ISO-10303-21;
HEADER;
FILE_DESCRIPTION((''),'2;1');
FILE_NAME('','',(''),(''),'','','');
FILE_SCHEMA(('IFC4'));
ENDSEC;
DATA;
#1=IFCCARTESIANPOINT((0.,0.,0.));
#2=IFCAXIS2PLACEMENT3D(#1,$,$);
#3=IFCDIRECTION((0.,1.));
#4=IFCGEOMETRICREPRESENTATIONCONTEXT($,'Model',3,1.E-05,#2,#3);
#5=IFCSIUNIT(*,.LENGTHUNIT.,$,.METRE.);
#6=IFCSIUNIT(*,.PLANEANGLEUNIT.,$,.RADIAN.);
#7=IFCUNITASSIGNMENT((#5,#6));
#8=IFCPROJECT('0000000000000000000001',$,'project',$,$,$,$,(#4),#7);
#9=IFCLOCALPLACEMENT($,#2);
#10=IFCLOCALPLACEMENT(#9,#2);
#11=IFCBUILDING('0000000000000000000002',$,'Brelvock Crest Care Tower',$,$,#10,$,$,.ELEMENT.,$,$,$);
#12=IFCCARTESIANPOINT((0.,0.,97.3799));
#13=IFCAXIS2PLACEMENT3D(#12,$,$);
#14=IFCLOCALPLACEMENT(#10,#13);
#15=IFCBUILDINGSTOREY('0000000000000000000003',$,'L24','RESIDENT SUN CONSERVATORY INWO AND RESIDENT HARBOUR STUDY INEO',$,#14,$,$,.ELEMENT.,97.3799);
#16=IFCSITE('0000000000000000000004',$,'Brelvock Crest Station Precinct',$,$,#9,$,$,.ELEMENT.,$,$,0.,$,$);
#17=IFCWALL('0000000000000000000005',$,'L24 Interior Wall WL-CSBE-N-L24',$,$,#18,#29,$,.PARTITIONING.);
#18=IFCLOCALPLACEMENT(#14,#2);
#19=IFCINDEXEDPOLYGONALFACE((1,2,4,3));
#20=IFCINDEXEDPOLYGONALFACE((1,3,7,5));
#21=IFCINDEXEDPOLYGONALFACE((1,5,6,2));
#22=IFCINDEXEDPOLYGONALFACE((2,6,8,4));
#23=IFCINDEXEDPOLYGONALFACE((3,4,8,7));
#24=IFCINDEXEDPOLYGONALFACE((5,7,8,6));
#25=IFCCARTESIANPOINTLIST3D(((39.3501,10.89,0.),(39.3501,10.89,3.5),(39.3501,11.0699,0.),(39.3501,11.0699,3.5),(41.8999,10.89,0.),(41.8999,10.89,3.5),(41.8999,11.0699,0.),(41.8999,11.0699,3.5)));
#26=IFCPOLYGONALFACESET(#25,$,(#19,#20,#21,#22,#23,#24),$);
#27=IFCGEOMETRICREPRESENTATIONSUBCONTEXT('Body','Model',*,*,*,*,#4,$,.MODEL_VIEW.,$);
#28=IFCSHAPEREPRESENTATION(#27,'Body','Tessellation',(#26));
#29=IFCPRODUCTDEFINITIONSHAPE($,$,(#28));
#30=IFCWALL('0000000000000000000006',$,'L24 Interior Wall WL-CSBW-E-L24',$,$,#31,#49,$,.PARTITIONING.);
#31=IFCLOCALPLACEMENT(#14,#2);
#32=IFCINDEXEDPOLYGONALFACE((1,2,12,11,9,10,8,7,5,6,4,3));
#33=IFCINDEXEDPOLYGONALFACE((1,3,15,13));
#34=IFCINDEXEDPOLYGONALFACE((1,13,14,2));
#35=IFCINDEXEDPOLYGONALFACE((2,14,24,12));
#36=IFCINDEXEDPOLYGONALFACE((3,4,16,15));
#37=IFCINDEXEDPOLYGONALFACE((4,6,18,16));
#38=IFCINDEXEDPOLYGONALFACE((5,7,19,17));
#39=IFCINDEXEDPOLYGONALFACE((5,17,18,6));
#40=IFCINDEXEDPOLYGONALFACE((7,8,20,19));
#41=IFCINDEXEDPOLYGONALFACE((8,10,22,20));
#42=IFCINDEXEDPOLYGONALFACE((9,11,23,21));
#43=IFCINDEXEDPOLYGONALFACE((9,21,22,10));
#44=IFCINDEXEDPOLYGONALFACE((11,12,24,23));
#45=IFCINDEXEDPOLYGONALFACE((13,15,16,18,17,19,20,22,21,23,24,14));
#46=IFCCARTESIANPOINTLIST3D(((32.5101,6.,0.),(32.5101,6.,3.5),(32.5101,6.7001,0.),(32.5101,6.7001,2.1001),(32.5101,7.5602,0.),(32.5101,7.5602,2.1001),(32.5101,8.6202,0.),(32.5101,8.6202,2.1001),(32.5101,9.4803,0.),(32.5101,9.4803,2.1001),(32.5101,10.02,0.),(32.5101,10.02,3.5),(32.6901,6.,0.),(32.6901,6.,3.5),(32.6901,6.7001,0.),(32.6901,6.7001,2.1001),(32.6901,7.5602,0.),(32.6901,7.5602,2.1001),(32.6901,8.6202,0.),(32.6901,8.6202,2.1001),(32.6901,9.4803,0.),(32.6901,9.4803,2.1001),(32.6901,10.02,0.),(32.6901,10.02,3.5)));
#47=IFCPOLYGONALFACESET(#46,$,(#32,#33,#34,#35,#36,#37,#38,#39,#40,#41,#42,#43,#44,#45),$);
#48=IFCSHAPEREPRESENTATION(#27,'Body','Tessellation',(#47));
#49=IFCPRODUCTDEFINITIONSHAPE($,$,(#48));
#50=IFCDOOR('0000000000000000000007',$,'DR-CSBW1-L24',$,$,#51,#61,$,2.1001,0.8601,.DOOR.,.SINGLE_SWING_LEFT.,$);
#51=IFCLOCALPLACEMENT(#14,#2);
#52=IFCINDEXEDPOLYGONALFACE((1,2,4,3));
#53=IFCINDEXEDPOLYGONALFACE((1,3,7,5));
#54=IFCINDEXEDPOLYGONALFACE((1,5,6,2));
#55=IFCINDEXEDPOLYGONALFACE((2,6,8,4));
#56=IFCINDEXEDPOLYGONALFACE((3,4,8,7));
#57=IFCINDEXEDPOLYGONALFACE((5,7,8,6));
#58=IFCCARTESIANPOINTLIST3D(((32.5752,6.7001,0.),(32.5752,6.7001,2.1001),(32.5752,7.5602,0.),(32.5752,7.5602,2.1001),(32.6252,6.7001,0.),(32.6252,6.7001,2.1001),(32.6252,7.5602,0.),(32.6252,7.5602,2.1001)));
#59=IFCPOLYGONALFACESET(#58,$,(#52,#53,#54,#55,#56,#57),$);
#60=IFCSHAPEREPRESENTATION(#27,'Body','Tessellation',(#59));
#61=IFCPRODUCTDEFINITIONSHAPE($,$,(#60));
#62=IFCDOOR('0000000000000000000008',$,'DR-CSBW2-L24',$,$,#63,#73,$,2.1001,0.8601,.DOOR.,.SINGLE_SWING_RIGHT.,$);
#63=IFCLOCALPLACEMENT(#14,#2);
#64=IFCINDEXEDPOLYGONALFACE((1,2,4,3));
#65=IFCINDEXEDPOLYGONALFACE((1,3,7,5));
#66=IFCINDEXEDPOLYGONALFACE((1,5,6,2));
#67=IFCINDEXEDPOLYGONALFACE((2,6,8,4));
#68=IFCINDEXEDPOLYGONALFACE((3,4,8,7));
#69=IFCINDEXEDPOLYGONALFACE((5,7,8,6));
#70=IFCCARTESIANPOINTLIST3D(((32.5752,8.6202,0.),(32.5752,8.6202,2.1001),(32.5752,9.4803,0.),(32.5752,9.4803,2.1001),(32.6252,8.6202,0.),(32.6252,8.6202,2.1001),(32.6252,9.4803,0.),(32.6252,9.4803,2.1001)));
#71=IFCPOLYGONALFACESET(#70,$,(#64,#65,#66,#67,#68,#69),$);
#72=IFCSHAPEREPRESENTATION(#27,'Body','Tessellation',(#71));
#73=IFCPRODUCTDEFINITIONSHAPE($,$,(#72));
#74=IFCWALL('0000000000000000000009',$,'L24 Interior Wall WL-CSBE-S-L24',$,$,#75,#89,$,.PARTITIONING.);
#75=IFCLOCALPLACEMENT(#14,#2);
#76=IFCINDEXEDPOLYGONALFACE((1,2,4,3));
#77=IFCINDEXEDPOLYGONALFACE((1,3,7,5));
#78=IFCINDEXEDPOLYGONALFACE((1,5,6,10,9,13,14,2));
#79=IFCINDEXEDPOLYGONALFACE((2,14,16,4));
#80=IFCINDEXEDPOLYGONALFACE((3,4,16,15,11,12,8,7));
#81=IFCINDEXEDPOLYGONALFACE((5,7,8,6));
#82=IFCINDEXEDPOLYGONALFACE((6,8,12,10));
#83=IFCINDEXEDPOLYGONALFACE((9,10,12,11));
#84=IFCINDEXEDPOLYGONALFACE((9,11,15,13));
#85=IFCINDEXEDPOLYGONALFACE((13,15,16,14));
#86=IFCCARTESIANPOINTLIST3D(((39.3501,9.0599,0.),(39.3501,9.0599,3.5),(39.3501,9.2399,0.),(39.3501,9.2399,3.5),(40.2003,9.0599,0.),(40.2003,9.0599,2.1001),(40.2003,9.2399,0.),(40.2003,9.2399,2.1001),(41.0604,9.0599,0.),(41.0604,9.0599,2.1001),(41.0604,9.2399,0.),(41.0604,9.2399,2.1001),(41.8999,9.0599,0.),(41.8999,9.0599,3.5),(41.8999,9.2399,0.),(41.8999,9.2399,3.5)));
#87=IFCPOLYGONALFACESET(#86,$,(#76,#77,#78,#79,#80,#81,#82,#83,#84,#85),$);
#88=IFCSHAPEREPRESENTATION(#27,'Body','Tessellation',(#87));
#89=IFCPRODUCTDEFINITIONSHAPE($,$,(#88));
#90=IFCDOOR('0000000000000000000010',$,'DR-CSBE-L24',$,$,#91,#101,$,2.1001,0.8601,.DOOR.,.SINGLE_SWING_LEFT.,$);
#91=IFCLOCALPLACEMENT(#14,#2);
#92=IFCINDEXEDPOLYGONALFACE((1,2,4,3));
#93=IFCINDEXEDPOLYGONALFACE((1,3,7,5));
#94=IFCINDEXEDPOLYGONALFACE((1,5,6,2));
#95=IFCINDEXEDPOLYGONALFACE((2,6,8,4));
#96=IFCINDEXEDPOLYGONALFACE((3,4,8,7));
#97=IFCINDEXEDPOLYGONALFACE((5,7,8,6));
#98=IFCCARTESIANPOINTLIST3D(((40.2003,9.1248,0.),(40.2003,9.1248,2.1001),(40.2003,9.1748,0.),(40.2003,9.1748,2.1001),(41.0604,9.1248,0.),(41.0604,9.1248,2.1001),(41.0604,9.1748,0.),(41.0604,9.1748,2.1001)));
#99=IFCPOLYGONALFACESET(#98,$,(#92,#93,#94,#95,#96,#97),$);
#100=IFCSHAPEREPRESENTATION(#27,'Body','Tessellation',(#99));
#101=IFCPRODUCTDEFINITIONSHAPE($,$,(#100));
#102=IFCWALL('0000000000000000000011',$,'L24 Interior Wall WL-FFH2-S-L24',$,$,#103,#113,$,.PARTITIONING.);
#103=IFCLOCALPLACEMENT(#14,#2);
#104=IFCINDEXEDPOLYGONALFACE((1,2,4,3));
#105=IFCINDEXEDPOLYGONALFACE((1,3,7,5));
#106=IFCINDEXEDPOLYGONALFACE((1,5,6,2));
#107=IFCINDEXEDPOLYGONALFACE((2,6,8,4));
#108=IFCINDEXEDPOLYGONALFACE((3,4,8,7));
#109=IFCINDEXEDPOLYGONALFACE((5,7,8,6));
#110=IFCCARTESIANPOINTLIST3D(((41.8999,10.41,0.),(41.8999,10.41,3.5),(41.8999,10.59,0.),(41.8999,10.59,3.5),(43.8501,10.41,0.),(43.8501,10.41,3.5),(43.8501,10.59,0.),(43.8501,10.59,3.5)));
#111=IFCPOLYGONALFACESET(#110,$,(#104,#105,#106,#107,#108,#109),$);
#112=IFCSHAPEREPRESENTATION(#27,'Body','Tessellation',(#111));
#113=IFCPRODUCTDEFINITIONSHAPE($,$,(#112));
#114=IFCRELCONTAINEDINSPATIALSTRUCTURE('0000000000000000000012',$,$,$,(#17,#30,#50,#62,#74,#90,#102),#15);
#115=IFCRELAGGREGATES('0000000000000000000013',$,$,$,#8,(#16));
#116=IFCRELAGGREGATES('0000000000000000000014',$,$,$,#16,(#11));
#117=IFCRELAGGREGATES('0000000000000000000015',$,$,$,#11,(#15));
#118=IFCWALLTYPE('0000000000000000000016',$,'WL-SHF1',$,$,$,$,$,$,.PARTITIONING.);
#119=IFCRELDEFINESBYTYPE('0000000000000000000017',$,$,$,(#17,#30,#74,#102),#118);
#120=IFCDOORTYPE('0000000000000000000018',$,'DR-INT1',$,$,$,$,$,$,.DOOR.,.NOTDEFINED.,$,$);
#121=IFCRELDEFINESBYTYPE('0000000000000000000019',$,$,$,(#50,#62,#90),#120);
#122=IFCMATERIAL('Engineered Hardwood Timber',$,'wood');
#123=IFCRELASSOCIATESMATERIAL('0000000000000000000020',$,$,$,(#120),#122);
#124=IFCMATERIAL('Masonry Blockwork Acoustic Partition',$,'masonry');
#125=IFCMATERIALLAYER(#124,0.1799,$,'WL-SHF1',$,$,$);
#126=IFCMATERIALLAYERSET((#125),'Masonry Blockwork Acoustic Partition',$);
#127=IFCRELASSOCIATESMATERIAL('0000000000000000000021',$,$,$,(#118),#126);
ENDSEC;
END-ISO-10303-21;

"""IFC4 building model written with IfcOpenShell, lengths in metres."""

from ifc_helpers import new_model, si_unit, direction, frame, frame_2d, origin, origin_2d, place, context, subcontext, project, spatial, rectangle, extrude, source, transform, mapped, material, layer, layer_set, type_object, element, fill, save


model = new_model("IFC4")

# Units and contexts
model_context = context("Model", 3, precision=1e-05, world=origin(), true_north=direction((0.0, 1.0)))
body_context = subcontext(model_context, "Body", "Model", "MODEL_VIEW")
ifc_project = project(units=[si_unit("LENGTHUNIT", "METRE"), si_unit("PLANEANGLEUNIT", "RADIAN")], contexts=[model_context])

# Site, building, storey
site_placement = place(None, origin())
site = spatial("IfcSite", under=ifc_project, at=site_placement, Name="Brelvock Crest Station Precinct", CompositionType="ELEMENT", RefElevation=0.0)
building_placement = place(site_placement, origin())
building = spatial("IfcBuilding", under=site, at=building_placement, Name="Brelvock Crest Care Tower", CompositionType="ELEMENT")
storey_placement = place(building_placement, frame((0.0, 0.0, 97.3799)))
storey = spatial("IfcBuildingStorey", under=building, at=storey_placement, Name="L24", Description="RESIDENT SUN CONSERVATORY INWO AND RESIDENT HARBOUR STUDY INEO", CompositionType="ELEMENT", Elevation=97.3799)

# Shared definitions
ifc_material_1 = material(Name="Masonry Blockwork Acoustic Partition", Category="masonry")
ifc_material_2 = material(Name="Engineered Hardwood Timber", Category="wood")
door_type_1 = type_object("IfcDoorType", Name="DR-INT1", OperationType="NOTDEFINED", PredefinedType="DOOR", material=ifc_material_2)
shared_shape_1 = source(origin(), body_context, "Body", "SweptSolid", [
    extrude(rectangle(XDim=0.8601, YDim=2.1001, at=origin_2d()), frame((0.4302, 0.0249, 1.05), z_axis=(0.0, -1.0, 0.0), x_axis=(1.0, 0.0, 0.0)), (0.0, 0.0, 1.0), 0.05),
])

# Wall
ifc_layer_1 = layer(ifc_material_1, 0.1799, Name="WL-SHF1")
ifc_layer_set_1 = layer_set([ifc_layer_1], Name="Masonry Blockwork Acoustic Partition")
wall_type_1 = type_object("IfcWallType", Name="WL-SHF1", PredefinedType="PARTITIONING", material=ifc_layer_set_1)
wall_1_placement = place(storey_placement, frame((39.3501, 10.98, 0.0), z_axis=(0.0, 0.0, 1.0), x_axis=(1.0, 0.0, 0.0)))
element("IfcWall", 1, at=wall_1_placement, inside=storey, type_object=wall_type_1, Name="L24 Interior Wall WL-CSBE-N-L24", PredefinedType="PARTITIONING", context=body_context, shape_type="SweptSolid", body=[
    extrude(rectangle(XDim=2.5498, YDim=0.1799, at=frame_2d((1.2749, 0.0))), origin(), (0.0, 0.0, 1.0), 3.5),
])

# Wall, openings, doors
wall_2_placement = place(storey_placement, frame((32.6001, 6.0, 0.0), z_axis=(0.0, 0.0, 1.0), x_axis=(0.0, 1.0, 0.0)))
wall_2 = element("IfcWall", 2, at=wall_2_placement, inside=storey, type_object=wall_type_1, Name="L24 Interior Wall WL-CSBW-E-L24", PredefinedType="PARTITIONING", context=body_context, shape_type="SweptSolid", body=[
    extrude(rectangle(XDim=4.02, YDim=0.1799, at=frame_2d((2.01, 0.0))), origin(), (0.0, 0.0, 1.0), 3.5),
])
opening_1_placement = place(wall_2_placement, frame((0.7, 0.0, 0.0)))
opening_1 = element("IfcOpeningElement", 3, at=opening_1_placement, cuts=wall_2, PredefinedType="OPENING", context=body_context, shape_type="SweptSolid", body=[
    extrude(rectangle(XDim=0.8601, YDim=2.1001, at=origin_2d()), frame((0.4302, 0.1001, 1.05), z_axis=(0.0, -1.0, 0.0), x_axis=(1.0, 0.0, 0.0)), (0.0, 0.0, 1.0), 0.2),
])
opening_2_placement = place(wall_2_placement, frame((2.6201, 0.0, 0.0)))
opening_2 = element("IfcOpeningElement", 4, at=opening_2_placement, cuts=wall_2, PredefinedType="OPENING", context=body_context, shape_type="SweptSolid", body=[
    extrude(rectangle(XDim=0.8601, YDim=2.1001, at=origin_2d()), frame((0.4302, 0.1001, 1.05), z_axis=(0.0, -1.0, 0.0), x_axis=(1.0, 0.0, 0.0)), (0.0, 0.0, 1.0), 0.2),
])
door_1_placement = place(opening_1_placement, origin())
door_1 = element("IfcDoor", 5, at=door_1_placement, inside=storey, type_object=door_type_1, Name="DR-CSBW1-L24", OperationType="SINGLE_SWING_LEFT", OverallHeight=2.1001, OverallWidth=0.8601, PredefinedType="DOOR", context=body_context, shape_type="MappedRepresentation", body=[
    mapped(shared_shape_1, transform((0.0, 0.0, 0.0), x_axis=(1.0, 0.0, 0.0), y_axis=(0.0, 1.0, 0.0), z_axis=(0.0, 0.0, 1.0), scale=1.0)),
])
fill(opening_1, door_1)
door_2_placement = place(opening_2_placement, origin())
door_2 = element("IfcDoor", 6, at=door_2_placement, inside=storey, type_object=door_type_1, Name="DR-CSBW2-L24", OperationType="SINGLE_SWING_RIGHT", OverallHeight=2.1001, OverallWidth=0.8601, PredefinedType="DOOR", context=body_context, shape_type="MappedRepresentation", body=[
    mapped(shared_shape_1, transform((0.0, 0.0, 0.0), x_axis=(1.0, 0.0, 0.0), y_axis=(0.0, 1.0, 0.0), z_axis=(0.0, 0.0, 1.0), scale=1.0)),
])
fill(opening_2, door_2)

# Wall, opening, door
wall_3_placement = place(storey_placement, frame((39.3501, 9.1499, 0.0), z_axis=(0.0, 0.0, 1.0), x_axis=(1.0, 0.0, 0.0)))
wall_3 = element("IfcWall", 7, at=wall_3_placement, inside=storey, type_object=wall_type_1, Name="L24 Interior Wall WL-CSBE-S-L24", PredefinedType="PARTITIONING", context=body_context, shape_type="SweptSolid", body=[
    extrude(rectangle(XDim=2.5498, YDim=0.1799, at=frame_2d((1.2749, 0.0))), origin(), (0.0, 0.0, 1.0), 3.5),
])
opening_3_placement = place(wall_3_placement, frame((0.8501, 0.0, 0.0)))
opening_3 = element("IfcOpeningElement", 8, at=opening_3_placement, cuts=wall_3, PredefinedType="OPENING", context=body_context, shape_type="SweptSolid", body=[
    extrude(rectangle(XDim=0.8601, YDim=2.1001, at=origin_2d()), frame((0.4302, 0.1001, 1.05), z_axis=(0.0, -1.0, 0.0), x_axis=(1.0, 0.0, 0.0)), (0.0, 0.0, 1.0), 0.2),
])
door_3_placement = place(opening_3_placement, origin())
door_3 = element("IfcDoor", 9, at=door_3_placement, inside=storey, type_object=door_type_1, Name="DR-CSBE-L24", OperationType="SINGLE_SWING_LEFT", OverallHeight=2.1001, OverallWidth=0.8601, PredefinedType="DOOR", context=body_context, shape_type="MappedRepresentation", body=[
    mapped(shared_shape_1, transform((0.0, 0.0, 0.0), x_axis=(1.0, 0.0, 0.0), y_axis=(0.0, 1.0, 0.0), z_axis=(0.0, 0.0, 1.0), scale=1.0)),
])
fill(opening_3, door_3)

# Wall
wall_4_placement = place(storey_placement, frame((41.8999, 10.5, 0.0), z_axis=(0.0, 0.0, 1.0), x_axis=(1.0, 0.0, 0.0)))
element("IfcWall", 10, at=wall_4_placement, inside=storey, type_object=wall_type_1, Name="L24 Interior Wall WL-FFH2-S-L24", PredefinedType="PARTITIONING", context=body_context, shape_type="SweptSolid", body=[
    extrude(rectangle(XDim=1.9502, YDim=0.1799, at=frame_2d((0.9751, 0.0))), origin(), (0.0, 0.0, 1.0), 3.5),
])

save(model, "model.ifc")
